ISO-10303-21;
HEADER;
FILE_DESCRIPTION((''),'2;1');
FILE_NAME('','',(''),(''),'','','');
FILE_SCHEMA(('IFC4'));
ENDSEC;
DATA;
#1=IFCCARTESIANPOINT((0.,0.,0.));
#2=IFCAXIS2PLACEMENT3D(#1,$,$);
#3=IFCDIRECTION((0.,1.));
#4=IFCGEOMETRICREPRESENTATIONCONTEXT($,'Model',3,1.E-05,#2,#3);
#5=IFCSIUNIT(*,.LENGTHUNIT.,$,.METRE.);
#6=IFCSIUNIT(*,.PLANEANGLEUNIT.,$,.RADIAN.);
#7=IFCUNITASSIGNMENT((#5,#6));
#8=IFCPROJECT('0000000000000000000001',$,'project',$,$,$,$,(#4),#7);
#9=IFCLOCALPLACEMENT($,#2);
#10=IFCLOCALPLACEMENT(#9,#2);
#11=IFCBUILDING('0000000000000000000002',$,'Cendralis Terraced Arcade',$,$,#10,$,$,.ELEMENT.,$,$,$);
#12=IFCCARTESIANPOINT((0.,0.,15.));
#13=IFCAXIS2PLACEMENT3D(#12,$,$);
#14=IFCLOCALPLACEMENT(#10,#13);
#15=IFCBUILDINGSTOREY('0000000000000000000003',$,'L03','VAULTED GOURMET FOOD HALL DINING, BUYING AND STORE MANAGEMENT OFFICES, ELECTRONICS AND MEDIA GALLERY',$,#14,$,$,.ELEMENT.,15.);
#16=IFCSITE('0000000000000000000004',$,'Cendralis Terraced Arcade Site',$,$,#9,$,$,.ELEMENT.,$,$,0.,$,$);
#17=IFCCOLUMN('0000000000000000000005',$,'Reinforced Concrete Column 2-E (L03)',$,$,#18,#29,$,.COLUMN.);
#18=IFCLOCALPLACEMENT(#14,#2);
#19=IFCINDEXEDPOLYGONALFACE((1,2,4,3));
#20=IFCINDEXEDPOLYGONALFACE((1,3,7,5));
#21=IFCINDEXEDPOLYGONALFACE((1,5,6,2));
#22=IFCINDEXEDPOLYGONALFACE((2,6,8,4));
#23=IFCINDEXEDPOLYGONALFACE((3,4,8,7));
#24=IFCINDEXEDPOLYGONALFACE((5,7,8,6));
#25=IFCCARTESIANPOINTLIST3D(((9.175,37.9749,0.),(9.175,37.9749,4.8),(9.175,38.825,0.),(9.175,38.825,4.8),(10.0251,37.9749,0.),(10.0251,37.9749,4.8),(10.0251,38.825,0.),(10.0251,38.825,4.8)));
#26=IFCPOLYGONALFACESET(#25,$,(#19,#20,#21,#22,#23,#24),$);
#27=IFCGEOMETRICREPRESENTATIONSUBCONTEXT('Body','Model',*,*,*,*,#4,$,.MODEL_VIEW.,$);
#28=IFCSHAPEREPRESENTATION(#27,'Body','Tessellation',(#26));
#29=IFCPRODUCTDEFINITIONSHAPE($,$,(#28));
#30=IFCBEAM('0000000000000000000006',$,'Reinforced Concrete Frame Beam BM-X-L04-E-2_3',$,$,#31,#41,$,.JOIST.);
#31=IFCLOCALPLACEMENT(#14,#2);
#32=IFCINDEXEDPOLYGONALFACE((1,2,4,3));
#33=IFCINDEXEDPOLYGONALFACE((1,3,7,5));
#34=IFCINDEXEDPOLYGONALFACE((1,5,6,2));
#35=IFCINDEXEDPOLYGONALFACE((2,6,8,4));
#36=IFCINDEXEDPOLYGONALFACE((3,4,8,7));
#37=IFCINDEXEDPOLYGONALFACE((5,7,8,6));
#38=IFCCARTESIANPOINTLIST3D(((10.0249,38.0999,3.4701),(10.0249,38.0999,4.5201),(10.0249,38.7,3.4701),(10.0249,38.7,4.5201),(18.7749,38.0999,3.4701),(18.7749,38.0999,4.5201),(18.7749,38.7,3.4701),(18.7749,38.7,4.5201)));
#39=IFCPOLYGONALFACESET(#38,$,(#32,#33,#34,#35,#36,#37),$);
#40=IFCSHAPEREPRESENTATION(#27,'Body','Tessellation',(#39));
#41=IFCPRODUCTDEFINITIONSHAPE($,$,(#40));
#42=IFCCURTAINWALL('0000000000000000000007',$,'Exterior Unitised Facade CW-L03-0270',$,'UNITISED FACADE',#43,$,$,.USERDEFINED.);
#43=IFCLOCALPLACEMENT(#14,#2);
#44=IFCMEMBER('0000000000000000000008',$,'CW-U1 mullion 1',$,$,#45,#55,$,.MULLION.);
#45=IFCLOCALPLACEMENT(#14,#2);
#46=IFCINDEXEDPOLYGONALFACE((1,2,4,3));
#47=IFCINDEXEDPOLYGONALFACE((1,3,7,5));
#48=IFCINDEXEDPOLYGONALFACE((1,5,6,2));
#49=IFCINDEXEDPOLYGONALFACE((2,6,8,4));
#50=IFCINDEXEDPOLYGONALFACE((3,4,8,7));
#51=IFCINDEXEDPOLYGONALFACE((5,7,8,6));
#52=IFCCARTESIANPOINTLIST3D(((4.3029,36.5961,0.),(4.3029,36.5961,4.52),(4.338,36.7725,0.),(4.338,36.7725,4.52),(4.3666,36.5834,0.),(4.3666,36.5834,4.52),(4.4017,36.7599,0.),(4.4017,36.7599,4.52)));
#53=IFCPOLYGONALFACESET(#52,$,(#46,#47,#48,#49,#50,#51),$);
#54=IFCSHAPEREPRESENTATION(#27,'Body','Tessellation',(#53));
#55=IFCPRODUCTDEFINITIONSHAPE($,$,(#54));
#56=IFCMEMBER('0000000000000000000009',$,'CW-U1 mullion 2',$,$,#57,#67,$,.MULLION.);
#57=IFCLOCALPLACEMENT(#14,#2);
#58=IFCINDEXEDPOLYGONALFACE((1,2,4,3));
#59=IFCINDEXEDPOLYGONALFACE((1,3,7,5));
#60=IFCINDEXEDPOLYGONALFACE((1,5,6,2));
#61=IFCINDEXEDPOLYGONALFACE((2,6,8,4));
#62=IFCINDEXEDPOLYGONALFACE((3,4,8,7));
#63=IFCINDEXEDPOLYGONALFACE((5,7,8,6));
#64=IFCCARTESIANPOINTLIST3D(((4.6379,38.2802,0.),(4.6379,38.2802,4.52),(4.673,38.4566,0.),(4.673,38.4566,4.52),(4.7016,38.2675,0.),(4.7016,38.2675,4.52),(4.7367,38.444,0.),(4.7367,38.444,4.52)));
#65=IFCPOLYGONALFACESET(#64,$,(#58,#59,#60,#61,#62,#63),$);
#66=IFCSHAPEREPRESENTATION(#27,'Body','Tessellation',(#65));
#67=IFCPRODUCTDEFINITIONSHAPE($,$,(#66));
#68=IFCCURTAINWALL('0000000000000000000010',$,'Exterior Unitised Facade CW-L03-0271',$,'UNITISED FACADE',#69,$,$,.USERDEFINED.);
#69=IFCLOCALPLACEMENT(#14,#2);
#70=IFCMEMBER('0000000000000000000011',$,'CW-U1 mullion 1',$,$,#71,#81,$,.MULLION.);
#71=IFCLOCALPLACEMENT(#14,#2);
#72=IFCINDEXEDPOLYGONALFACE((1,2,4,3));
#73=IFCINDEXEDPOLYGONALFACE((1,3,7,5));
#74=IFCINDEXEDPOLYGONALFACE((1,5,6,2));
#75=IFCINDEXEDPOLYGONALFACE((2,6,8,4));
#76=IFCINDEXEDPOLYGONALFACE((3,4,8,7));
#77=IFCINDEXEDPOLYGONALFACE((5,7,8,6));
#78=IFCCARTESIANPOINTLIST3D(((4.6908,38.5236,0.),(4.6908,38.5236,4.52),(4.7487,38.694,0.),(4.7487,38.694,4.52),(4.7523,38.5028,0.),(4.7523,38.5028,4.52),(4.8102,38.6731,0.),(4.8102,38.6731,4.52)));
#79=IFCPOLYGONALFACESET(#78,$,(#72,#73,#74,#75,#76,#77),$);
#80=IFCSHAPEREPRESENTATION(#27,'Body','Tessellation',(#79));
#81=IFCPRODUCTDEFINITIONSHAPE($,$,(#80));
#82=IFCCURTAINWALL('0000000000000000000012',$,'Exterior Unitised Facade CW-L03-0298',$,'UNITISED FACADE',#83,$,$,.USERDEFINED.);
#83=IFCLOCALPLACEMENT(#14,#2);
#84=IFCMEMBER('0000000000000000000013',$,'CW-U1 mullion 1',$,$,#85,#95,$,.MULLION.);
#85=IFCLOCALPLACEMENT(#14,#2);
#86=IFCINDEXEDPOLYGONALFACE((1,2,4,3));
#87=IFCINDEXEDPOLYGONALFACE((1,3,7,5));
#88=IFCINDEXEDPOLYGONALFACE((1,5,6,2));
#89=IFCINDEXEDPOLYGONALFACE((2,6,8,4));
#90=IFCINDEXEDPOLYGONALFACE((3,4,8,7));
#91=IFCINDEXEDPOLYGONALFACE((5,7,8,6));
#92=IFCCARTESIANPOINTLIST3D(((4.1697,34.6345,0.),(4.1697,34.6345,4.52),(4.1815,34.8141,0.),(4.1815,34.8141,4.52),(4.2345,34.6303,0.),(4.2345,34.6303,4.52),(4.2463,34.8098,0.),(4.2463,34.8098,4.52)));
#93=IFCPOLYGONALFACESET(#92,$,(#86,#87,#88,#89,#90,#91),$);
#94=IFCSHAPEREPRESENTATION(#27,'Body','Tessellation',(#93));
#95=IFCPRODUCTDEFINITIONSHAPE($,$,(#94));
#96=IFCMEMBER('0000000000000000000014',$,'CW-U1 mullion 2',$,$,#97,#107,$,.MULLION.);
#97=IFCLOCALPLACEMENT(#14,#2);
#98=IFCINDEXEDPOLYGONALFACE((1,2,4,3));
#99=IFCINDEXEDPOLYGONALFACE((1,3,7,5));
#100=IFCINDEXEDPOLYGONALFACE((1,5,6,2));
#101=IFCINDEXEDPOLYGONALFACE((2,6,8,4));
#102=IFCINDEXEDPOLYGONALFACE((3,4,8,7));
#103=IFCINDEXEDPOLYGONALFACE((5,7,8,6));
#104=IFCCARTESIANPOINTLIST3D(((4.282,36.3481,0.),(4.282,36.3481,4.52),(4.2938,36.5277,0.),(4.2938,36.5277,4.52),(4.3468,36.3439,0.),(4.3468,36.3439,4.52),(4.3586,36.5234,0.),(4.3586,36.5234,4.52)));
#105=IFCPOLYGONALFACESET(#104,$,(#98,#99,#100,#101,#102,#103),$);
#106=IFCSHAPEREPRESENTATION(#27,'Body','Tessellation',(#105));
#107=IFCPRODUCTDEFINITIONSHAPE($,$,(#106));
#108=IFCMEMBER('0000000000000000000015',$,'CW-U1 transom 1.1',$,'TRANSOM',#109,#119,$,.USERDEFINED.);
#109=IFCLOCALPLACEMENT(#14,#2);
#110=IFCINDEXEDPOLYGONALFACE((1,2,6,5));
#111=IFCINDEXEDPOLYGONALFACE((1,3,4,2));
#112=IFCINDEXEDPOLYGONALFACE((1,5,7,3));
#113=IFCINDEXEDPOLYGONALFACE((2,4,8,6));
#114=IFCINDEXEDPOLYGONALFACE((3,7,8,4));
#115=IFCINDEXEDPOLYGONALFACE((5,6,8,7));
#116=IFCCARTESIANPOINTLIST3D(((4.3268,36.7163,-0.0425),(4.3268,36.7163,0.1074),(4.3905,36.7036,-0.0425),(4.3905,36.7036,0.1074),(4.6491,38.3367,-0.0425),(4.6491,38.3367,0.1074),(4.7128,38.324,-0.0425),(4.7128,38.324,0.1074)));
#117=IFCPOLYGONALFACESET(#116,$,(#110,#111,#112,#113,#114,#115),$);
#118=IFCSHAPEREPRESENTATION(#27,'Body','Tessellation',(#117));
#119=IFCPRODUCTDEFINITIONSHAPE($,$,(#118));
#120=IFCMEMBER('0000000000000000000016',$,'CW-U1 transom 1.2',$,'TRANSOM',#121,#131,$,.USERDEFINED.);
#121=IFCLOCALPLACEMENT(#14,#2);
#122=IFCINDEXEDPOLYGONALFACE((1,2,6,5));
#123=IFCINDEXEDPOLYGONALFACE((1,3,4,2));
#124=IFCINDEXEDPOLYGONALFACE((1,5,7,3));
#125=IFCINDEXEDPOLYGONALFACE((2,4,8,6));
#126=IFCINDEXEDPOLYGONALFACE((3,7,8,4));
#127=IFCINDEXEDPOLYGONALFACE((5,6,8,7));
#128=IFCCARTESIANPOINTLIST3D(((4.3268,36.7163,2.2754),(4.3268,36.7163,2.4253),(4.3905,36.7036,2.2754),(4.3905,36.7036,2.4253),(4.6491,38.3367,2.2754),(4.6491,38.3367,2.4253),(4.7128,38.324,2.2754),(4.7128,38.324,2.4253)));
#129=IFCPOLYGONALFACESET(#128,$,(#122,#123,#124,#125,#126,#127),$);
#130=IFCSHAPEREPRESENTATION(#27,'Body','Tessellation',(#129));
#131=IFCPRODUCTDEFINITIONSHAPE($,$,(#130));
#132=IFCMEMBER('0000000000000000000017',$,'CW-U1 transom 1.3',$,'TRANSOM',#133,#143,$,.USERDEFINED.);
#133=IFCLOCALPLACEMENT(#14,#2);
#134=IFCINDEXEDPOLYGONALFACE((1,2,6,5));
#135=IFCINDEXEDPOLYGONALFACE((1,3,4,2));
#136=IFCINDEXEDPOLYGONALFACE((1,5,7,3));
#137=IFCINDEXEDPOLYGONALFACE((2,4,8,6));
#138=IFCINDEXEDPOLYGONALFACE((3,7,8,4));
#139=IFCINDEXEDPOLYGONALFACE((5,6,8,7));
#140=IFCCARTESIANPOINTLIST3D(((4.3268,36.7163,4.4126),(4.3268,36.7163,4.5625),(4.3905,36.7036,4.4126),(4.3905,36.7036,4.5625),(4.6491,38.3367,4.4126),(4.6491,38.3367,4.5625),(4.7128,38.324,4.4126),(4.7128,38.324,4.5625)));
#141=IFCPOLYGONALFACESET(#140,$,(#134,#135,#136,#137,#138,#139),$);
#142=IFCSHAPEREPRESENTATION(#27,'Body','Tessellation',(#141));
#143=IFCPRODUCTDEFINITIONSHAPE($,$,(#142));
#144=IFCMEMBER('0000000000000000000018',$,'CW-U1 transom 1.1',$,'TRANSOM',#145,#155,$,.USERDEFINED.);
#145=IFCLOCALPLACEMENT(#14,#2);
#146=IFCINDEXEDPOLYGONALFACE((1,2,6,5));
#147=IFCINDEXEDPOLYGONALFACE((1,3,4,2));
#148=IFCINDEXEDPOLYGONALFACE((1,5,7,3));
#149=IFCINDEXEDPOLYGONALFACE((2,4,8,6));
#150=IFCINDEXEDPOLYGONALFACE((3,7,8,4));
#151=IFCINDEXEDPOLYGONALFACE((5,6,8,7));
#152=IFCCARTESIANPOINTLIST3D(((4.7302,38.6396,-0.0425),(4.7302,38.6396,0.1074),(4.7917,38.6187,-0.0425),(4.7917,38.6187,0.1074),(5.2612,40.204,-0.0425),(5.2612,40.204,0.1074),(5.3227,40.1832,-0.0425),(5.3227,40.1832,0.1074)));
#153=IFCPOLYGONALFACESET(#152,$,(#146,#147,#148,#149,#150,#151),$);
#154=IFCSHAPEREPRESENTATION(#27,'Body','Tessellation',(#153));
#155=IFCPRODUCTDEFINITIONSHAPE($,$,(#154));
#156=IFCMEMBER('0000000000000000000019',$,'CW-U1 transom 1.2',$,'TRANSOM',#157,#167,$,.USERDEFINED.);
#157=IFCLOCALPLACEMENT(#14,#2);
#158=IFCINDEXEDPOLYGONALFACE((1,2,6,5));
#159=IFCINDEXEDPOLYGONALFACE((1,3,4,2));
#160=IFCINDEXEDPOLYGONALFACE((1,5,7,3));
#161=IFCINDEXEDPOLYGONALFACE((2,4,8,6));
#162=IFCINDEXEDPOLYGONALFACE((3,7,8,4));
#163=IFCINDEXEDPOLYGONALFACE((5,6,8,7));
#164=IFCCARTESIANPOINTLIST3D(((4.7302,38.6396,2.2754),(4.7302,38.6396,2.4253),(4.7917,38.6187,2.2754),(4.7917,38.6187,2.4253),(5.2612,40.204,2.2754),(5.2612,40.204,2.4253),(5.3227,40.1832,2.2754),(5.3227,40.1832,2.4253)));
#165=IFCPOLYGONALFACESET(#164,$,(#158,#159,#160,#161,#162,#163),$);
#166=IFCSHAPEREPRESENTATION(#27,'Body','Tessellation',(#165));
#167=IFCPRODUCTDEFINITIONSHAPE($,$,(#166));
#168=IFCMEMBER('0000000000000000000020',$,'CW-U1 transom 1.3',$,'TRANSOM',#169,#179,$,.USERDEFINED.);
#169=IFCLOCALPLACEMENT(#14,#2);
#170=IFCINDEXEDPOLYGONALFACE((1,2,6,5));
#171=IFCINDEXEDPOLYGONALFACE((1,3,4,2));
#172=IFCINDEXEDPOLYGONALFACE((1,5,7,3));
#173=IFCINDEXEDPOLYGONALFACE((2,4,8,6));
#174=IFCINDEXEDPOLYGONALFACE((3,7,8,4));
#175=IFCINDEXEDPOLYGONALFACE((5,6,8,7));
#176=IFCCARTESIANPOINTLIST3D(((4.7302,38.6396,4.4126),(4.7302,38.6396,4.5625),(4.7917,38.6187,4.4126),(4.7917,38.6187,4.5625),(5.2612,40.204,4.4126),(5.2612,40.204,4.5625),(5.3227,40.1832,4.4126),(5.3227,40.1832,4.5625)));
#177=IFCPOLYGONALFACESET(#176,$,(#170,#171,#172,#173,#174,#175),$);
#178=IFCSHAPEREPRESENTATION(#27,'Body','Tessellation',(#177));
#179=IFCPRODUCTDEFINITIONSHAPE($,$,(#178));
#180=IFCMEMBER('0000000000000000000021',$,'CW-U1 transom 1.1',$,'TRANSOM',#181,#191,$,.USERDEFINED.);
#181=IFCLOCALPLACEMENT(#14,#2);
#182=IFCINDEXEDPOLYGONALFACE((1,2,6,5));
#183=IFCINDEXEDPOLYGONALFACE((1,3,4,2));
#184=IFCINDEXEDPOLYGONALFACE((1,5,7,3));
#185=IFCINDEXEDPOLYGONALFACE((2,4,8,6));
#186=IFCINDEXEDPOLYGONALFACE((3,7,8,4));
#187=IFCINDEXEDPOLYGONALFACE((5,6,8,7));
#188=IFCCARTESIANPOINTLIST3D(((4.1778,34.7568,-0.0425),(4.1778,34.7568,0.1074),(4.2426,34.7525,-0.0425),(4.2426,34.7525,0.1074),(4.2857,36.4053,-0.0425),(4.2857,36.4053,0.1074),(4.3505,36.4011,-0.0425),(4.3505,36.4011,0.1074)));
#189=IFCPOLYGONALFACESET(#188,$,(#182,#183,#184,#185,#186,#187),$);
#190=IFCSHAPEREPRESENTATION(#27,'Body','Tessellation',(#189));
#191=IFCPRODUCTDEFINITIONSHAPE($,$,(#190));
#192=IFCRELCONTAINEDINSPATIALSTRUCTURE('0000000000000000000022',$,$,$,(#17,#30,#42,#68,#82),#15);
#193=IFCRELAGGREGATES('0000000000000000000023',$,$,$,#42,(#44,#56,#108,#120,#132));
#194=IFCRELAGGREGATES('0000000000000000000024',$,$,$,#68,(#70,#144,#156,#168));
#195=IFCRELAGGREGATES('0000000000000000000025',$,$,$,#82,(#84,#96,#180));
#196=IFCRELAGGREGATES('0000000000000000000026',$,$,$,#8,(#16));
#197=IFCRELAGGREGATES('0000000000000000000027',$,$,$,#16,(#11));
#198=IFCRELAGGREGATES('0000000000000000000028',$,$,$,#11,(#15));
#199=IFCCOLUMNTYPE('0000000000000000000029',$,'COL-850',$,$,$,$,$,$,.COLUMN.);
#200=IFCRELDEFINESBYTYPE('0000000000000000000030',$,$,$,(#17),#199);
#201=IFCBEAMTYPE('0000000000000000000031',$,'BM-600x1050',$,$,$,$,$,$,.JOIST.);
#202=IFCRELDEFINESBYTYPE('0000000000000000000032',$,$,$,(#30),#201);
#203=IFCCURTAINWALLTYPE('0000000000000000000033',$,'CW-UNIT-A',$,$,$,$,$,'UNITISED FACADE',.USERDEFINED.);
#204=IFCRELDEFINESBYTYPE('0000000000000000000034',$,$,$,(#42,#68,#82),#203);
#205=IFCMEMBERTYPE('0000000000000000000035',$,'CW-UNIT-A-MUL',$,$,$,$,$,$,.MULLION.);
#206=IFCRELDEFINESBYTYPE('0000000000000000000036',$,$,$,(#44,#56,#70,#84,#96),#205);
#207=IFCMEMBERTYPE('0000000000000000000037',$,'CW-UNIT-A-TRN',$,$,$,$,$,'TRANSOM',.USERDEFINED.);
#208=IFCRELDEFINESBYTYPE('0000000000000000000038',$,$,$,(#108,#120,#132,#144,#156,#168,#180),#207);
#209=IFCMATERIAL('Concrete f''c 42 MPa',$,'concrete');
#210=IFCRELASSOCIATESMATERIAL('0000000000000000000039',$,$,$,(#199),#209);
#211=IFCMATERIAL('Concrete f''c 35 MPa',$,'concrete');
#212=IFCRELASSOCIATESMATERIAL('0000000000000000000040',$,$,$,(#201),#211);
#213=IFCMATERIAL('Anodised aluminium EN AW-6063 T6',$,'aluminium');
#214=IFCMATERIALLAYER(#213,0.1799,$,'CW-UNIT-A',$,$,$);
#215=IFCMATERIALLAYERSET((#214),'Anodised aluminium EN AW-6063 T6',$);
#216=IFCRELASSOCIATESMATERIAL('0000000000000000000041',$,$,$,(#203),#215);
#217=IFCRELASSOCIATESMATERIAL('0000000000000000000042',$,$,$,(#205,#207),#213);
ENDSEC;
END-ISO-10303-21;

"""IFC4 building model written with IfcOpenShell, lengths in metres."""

from ifc_helpers import new_model, si_unit, direction, frame, origin, origin_2d, place, context, subcontext, project, spatial, rectangle, extrude, material, layer, layer_set, material_profile, profile_set, type_object, element, aggregate, save


model = new_model("IFC4")

# Units and contexts
model_context = context("Model", 3, precision=1e-05, world=origin(), true_north=direction((0.0, 1.0)))
body_context = subcontext(model_context, "Body", "Model", "MODEL_VIEW")
ifc_project = project(units=[si_unit("LENGTHUNIT", "METRE"), si_unit("PLANEANGLEUNIT", "RADIAN")], contexts=[model_context])

# Site, building, storey
site_placement = place(None, origin())
site = spatial("IfcSite", under=ifc_project, at=site_placement, Name="Cendralis Terraced Arcade Site", CompositionType="ELEMENT", RefElevation=0.0)
building_placement = place(site_placement, origin())
building = spatial("IfcBuilding", under=site, at=building_placement, Name="Cendralis Terraced Arcade", CompositionType="ELEMENT")
storey_placement = place(building_placement, frame((0.0, 0.0, 15.0)))
storey = spatial("IfcBuildingStorey", under=building, at=storey_placement, Name="L03", Description="VAULTED GOURMET FOOD HALL DINING, BUYING AND STORE MANAGEMENT OFFICES, ELECTRONICS AND MEDIA GALLERY", CompositionType="ELEMENT", Elevation=15.0)

# Column
ifc_material_1 = material(Name="Concrete f'c 42 MPa", Category="concrete")
ifc_material_profile_1 = material_profile(ifc_material_1, rectangle(XDim=0.8501, YDim=0.8501, at=origin_2d()), Name="RC-COL-850x850", Category="LoadBearing")
ifc_profile_set_1 = profile_set([ifc_material_profile_1], Name="Concrete f'c 42 MPa")
column_type = type_object("IfcColumnType", Name="COL-850", PredefinedType="COLUMN", material=ifc_profile_set_1)
column_placement = place(storey_placement, frame((9.6001, 38.3999, 0.0), z_axis=(0.0, 0.0, 1.0), x_axis=(1.0, 0.0, 0.0)))
element("IfcColumn", 1, at=column_placement, inside=storey, type_object=column_type, Name="Reinforced Concrete Column 2-E (L03)", PredefinedType="COLUMN", context=body_context, shape_type="SweptSolid", body=[
    extrude(rectangle(XDim=0.8501, YDim=0.8501, at=origin_2d()), origin(), (0.0, 0.0, 1.0), 4.8),
])

# Beam
ifc_material_2 = material(Name="Concrete f'c 35 MPa", Category="concrete")
ifc_material_profile_2 = material_profile(ifc_material_2, rectangle(XDim=0.6001, YDim=1.05, at=origin_2d()), Name="RC-BM-600x1050", Category="LoadBearing")
ifc_profile_set_2 = profile_set([ifc_material_profile_2], Name="Concrete f'c 35 MPa")
beam_type = type_object("IfcBeamType", Name="BM-600x1050", PredefinedType="JOIST", material=ifc_profile_set_2)
beam_placement = place(storey_placement, frame((10.0249, 38.3999, 3.9951), z_axis=(1.0, 0.0, 0.0), x_axis=(0.0, 1.0, 0.0)))
element("IfcBeam", 2, at=beam_placement, inside=storey, type_object=beam_type, Name="Reinforced Concrete Frame Beam BM-X-L04-E-2_3", PredefinedType="JOIST", context=body_context, shape_type="SweptSolid", body=[
    extrude(rectangle(XDim=0.6001, YDim=1.05, at=origin_2d()), origin(), (0.0, 0.0, 1.0), 8.75),
])

# Curtain wall, members
ifc_material_3 = material(Name="Anodised aluminium EN AW-6063 T6", Category="aluminium")
ifc_layer_1 = layer(ifc_material_3, 0.1799, Name="CW-UNIT-A")
ifc_layer_set_1 = layer_set([ifc_layer_1], Name="Anodised aluminium EN AW-6063 T6")
curtain_wall_type = type_object("IfcCurtainWallType", Name="CW-UNIT-A", ElementType="UNITISED FACADE", PredefinedType="USERDEFINED", material=ifc_layer_set_1)
curtain_wall_1_placement = place(storey_placement, origin())
curtain_wall_1 = element("IfcCurtainWall", 3, at=curtain_wall_1_placement, inside=storey, type_object=curtain_wall_type, Name="Exterior Unitised Facade CW-L03-0270", ObjectType="UNITISED FACADE", PredefinedType="USERDEFINED")
ifc_material_profile_3 = material_profile(ifc_material_3, rectangle(XDim=0.0649, YDim=0.1799, at=origin_2d()), Name="ALU-MUL-65x180")
ifc_profile_set_3 = profile_set([ifc_material_profile_3], Name="Anodised aluminium EN AW-6063 T6")
member_type_1 = type_object("IfcMemberType", Name="CW-UNIT-A-MUL", PredefinedType="MULLION", material=ifc_profile_set_3)
member_1_placement = place(storey_placement, frame((4.3523, 36.678, 0.0), z_axis=(0.0, 0.0, 1.0), x_axis=(-0.980792, 0.195058, 0.0)))
member_1 = element("IfcMember", 4, at=member_1_placement, type_object=member_type_1, Name="CW-U1 mullion 1", PredefinedType="MULLION", context=body_context, shape_type="SweptSolid", body=[
    extrude(rectangle(XDim=0.0649, YDim=0.1799, at=origin_2d()), origin(), (0.0, 0.0, 1.0), 4.52),
])
member_2_placement = place(storey_placement, frame((4.6873, 38.3621, 0.0), z_axis=(0.0, 0.0, 1.0), x_axis=(-0.980792, 0.195058, 0.0)))
member_2 = element("IfcMember", 5, at=member_2_placement, type_object=member_type_1, Name="CW-U1 mullion 2", PredefinedType="MULLION", context=body_context, shape_type="SweptSolid", body=[
    extrude(rectangle(XDim=0.0649, YDim=0.1799, at=origin_2d()), origin(), (0.0, 0.0, 1.0), 4.52),
])

# Curtain wall, member
curtain_wall_2_placement = place(storey_placement, origin())
curtain_wall_2 = element("IfcCurtainWall", 6, at=curtain_wall_2_placement, inside=storey, type_object=curtain_wall_type, Name="Exterior Unitised Facade CW-L03-0271", ObjectType="UNITISED FACADE", PredefinedType="USERDEFINED")
member_3_placement = place(storey_placement, frame((4.7505, 38.5984, 0.0), z_axis=(0.0, 0.0, 1.0), x_axis=(-0.946924, 0.321458, 0.0)))
member_3 = element("IfcMember", 7, at=member_3_placement, type_object=member_type_1, Name="CW-U1 mullion 1", PredefinedType="MULLION", context=body_context, shape_type="SweptSolid", body=[
    extrude(rectangle(XDim=0.0649, YDim=0.1799, at=origin_2d()), origin(), (0.0, 0.0, 1.0), 4.52),
])

# Curtain wall, members
curtain_wall_3_placement = place(storey_placement, origin())
curtain_wall_3 = element("IfcCurtainWall", 8, at=curtain_wall_3_placement, inside=storey, type_object=curtain_wall_type, Name="Exterior Unitised Facade CW-L03-0298", ObjectType="UNITISED FACADE", PredefinedType="USERDEFINED")
member_4_placement = place(storey_placement, frame((4.208, 34.7222, 0.0), z_axis=(0.0, 0.0, 1.0), x_axis=(-0.997861, 0.065372, 0.0)))
member_4 = element("IfcMember", 9, at=member_4_placement, type_object=member_type_1, Name="CW-U1 mullion 1", PredefinedType="MULLION", context=body_context, shape_type="SweptSolid", body=[
    extrude(rectangle(XDim=0.0649, YDim=0.1799, at=origin_2d()), origin(), (0.0, 0.0, 1.0), 4.52),
])
member_5_placement = place(storey_placement, frame((4.3203, 36.4358, 0.0), z_axis=(0.0, 0.0, 1.0), x_axis=(-0.997861, 0.065372, 0.0)))
member_5 = element("IfcMember", 10, at=member_5_placement, type_object=member_type_1, Name="CW-U1 mullion 2", PredefinedType="MULLION", context=body_context, shape_type="SweptSolid", body=[
    extrude(rectangle(XDim=0.0649, YDim=0.1799, at=origin_2d()), origin(), (0.0, 0.0, 1.0), 4.52),
])

# Members
ifc_material_profile_4 = material_profile(ifc_material_3, rectangle(XDim=0.0649, YDim=0.1499, at=origin_2d()), Name="ALU-TRN-65x150")
ifc_profile_set_4 = profile_set([ifc_material_profile_4], Name="Anodised aluminium EN AW-6063 T6")
member_type_2 = type_object("IfcMemberType", Name="CW-UNIT-A-TRN", ElementType="TRANSOM", PredefinedType="USERDEFINED", material=ifc_profile_set_4)
member_6_placement = place(storey_placement, frame((4.3586, 36.71, 0.0325), z_axis=(0.195065, 0.98079, 0.0), x_axis=(-0.98079, 0.195065, 0.0)))
member_6 = element("IfcMember", 11, at=member_6_placement, type_object=member_type_2, Name="CW-U1 transom 1.1", ObjectType="TRANSOM", PredefinedType="USERDEFINED", context=body_context, shape_type="SweptSolid", body=[
    extrude(rectangle(XDim=0.0649, YDim=0.1499, at=origin_2d()), origin(), (0.0, 0.0, 1.0), 1.6521),
])
member_7_placement = place(storey_placement, frame((4.3586, 36.71, 2.3503), z_axis=(0.195065, 0.98079, 0.0), x_axis=(-0.98079, 0.195065, 0.0)))
member_7 = element("IfcMember", 12, at=member_7_placement, type_object=member_type_2, Name="CW-U1 transom 1.2", ObjectType="TRANSOM", PredefinedType="USERDEFINED", context=body_context, shape_type="SweptSolid", body=[
    extrude(rectangle(XDim=0.0649, YDim=0.1499, at=origin_2d()), origin(), (0.0, 0.0, 1.0), 1.6521),
])
member_8_placement = place(storey_placement, frame((4.3586, 36.71, 4.4875), z_axis=(0.195065, 0.98079, 0.0), x_axis=(-0.98079, 0.195065, 0.0)))
member_8 = element("IfcMember", 13, at=member_8_placement, type_object=member_type_2, Name="CW-U1 transom 1.3", ObjectType="TRANSOM", PredefinedType="USERDEFINED", context=body_context, shape_type="SweptSolid", body=[
    extrude(rectangle(XDim=0.0649, YDim=0.1499, at=origin_2d()), origin(), (0.0, 0.0, 1.0), 1.6521),
])
member_9_placement = place(storey_placement, frame((4.761, 38.6292, 0.0325), z_axis=(0.32141, 0.94694, 0.0), x_axis=(-0.94694, 0.32141, 0.0)))
member_9 = element("IfcMember", 14, at=member_9_placement, type_object=member_type_2, Name="CW-U1 transom 1.1", ObjectType="TRANSOM", PredefinedType="USERDEFINED", context=body_context, shape_type="SweptSolid", body=[
    extrude(rectangle(XDim=0.0649, YDim=0.1499, at=origin_2d()), origin(), (0.0, 0.0, 1.0), 1.6521),
])
member_10_placement = place(storey_placement, frame((4.761, 38.6292, 2.3503), z_axis=(0.32141, 0.94694, 0.0), x_axis=(-0.94694, 0.32141, 0.0)))
member_10 = element("IfcMember", 15, at=member_10_placement, type_object=member_type_2, Name="CW-U1 transom 1.2", ObjectType="TRANSOM", PredefinedType="USERDEFINED", context=body_context, shape_type="SweptSolid", body=[
    extrude(rectangle(XDim=0.0649, YDim=0.1499, at=origin_2d()), origin(), (0.0, 0.0, 1.0), 1.6521),
])
member_11_placement = place(storey_placement, frame((4.761, 38.6292, 4.4875), z_axis=(0.32141, 0.94694, 0.0), x_axis=(-0.94694, 0.32141, 0.0)))
member_11 = element("IfcMember", 16, at=member_11_placement, type_object=member_type_2, Name="CW-U1 transom 1.3", ObjectType="TRANSOM", PredefinedType="USERDEFINED", context=body_context, shape_type="SweptSolid", body=[
    extrude(rectangle(XDim=0.0649, YDim=0.1499, at=origin_2d()), origin(), (0.0, 0.0, 1.0), 1.6521),
])
member_12_placement = place(storey_placement, frame((4.2102, 34.7546, 0.0325), z_axis=(0.065313, 0.997865, 0.0), x_axis=(-0.997865, 0.065313, 0.0)))
member_12 = element("IfcMember", 17, at=member_12_placement, type_object=member_type_2, Name="CW-U1 transom 1.1", ObjectType="TRANSOM", PredefinedType="USERDEFINED", context=body_context, shape_type="SweptSolid", body=[
    extrude(rectangle(XDim=0.0649, YDim=0.1499, at=origin_2d()), origin(), (0.0, 0.0, 1.0), 1.6521),
])

aggregate(curtain_wall_1, [member_1, member_2, member_6, member_7, member_8])
aggregate(curtain_wall_2, [member_3, member_9, member_10, member_11])
aggregate(curtain_wall_3, [member_4, member_5, member_12])

save(model, "model.ifc")
